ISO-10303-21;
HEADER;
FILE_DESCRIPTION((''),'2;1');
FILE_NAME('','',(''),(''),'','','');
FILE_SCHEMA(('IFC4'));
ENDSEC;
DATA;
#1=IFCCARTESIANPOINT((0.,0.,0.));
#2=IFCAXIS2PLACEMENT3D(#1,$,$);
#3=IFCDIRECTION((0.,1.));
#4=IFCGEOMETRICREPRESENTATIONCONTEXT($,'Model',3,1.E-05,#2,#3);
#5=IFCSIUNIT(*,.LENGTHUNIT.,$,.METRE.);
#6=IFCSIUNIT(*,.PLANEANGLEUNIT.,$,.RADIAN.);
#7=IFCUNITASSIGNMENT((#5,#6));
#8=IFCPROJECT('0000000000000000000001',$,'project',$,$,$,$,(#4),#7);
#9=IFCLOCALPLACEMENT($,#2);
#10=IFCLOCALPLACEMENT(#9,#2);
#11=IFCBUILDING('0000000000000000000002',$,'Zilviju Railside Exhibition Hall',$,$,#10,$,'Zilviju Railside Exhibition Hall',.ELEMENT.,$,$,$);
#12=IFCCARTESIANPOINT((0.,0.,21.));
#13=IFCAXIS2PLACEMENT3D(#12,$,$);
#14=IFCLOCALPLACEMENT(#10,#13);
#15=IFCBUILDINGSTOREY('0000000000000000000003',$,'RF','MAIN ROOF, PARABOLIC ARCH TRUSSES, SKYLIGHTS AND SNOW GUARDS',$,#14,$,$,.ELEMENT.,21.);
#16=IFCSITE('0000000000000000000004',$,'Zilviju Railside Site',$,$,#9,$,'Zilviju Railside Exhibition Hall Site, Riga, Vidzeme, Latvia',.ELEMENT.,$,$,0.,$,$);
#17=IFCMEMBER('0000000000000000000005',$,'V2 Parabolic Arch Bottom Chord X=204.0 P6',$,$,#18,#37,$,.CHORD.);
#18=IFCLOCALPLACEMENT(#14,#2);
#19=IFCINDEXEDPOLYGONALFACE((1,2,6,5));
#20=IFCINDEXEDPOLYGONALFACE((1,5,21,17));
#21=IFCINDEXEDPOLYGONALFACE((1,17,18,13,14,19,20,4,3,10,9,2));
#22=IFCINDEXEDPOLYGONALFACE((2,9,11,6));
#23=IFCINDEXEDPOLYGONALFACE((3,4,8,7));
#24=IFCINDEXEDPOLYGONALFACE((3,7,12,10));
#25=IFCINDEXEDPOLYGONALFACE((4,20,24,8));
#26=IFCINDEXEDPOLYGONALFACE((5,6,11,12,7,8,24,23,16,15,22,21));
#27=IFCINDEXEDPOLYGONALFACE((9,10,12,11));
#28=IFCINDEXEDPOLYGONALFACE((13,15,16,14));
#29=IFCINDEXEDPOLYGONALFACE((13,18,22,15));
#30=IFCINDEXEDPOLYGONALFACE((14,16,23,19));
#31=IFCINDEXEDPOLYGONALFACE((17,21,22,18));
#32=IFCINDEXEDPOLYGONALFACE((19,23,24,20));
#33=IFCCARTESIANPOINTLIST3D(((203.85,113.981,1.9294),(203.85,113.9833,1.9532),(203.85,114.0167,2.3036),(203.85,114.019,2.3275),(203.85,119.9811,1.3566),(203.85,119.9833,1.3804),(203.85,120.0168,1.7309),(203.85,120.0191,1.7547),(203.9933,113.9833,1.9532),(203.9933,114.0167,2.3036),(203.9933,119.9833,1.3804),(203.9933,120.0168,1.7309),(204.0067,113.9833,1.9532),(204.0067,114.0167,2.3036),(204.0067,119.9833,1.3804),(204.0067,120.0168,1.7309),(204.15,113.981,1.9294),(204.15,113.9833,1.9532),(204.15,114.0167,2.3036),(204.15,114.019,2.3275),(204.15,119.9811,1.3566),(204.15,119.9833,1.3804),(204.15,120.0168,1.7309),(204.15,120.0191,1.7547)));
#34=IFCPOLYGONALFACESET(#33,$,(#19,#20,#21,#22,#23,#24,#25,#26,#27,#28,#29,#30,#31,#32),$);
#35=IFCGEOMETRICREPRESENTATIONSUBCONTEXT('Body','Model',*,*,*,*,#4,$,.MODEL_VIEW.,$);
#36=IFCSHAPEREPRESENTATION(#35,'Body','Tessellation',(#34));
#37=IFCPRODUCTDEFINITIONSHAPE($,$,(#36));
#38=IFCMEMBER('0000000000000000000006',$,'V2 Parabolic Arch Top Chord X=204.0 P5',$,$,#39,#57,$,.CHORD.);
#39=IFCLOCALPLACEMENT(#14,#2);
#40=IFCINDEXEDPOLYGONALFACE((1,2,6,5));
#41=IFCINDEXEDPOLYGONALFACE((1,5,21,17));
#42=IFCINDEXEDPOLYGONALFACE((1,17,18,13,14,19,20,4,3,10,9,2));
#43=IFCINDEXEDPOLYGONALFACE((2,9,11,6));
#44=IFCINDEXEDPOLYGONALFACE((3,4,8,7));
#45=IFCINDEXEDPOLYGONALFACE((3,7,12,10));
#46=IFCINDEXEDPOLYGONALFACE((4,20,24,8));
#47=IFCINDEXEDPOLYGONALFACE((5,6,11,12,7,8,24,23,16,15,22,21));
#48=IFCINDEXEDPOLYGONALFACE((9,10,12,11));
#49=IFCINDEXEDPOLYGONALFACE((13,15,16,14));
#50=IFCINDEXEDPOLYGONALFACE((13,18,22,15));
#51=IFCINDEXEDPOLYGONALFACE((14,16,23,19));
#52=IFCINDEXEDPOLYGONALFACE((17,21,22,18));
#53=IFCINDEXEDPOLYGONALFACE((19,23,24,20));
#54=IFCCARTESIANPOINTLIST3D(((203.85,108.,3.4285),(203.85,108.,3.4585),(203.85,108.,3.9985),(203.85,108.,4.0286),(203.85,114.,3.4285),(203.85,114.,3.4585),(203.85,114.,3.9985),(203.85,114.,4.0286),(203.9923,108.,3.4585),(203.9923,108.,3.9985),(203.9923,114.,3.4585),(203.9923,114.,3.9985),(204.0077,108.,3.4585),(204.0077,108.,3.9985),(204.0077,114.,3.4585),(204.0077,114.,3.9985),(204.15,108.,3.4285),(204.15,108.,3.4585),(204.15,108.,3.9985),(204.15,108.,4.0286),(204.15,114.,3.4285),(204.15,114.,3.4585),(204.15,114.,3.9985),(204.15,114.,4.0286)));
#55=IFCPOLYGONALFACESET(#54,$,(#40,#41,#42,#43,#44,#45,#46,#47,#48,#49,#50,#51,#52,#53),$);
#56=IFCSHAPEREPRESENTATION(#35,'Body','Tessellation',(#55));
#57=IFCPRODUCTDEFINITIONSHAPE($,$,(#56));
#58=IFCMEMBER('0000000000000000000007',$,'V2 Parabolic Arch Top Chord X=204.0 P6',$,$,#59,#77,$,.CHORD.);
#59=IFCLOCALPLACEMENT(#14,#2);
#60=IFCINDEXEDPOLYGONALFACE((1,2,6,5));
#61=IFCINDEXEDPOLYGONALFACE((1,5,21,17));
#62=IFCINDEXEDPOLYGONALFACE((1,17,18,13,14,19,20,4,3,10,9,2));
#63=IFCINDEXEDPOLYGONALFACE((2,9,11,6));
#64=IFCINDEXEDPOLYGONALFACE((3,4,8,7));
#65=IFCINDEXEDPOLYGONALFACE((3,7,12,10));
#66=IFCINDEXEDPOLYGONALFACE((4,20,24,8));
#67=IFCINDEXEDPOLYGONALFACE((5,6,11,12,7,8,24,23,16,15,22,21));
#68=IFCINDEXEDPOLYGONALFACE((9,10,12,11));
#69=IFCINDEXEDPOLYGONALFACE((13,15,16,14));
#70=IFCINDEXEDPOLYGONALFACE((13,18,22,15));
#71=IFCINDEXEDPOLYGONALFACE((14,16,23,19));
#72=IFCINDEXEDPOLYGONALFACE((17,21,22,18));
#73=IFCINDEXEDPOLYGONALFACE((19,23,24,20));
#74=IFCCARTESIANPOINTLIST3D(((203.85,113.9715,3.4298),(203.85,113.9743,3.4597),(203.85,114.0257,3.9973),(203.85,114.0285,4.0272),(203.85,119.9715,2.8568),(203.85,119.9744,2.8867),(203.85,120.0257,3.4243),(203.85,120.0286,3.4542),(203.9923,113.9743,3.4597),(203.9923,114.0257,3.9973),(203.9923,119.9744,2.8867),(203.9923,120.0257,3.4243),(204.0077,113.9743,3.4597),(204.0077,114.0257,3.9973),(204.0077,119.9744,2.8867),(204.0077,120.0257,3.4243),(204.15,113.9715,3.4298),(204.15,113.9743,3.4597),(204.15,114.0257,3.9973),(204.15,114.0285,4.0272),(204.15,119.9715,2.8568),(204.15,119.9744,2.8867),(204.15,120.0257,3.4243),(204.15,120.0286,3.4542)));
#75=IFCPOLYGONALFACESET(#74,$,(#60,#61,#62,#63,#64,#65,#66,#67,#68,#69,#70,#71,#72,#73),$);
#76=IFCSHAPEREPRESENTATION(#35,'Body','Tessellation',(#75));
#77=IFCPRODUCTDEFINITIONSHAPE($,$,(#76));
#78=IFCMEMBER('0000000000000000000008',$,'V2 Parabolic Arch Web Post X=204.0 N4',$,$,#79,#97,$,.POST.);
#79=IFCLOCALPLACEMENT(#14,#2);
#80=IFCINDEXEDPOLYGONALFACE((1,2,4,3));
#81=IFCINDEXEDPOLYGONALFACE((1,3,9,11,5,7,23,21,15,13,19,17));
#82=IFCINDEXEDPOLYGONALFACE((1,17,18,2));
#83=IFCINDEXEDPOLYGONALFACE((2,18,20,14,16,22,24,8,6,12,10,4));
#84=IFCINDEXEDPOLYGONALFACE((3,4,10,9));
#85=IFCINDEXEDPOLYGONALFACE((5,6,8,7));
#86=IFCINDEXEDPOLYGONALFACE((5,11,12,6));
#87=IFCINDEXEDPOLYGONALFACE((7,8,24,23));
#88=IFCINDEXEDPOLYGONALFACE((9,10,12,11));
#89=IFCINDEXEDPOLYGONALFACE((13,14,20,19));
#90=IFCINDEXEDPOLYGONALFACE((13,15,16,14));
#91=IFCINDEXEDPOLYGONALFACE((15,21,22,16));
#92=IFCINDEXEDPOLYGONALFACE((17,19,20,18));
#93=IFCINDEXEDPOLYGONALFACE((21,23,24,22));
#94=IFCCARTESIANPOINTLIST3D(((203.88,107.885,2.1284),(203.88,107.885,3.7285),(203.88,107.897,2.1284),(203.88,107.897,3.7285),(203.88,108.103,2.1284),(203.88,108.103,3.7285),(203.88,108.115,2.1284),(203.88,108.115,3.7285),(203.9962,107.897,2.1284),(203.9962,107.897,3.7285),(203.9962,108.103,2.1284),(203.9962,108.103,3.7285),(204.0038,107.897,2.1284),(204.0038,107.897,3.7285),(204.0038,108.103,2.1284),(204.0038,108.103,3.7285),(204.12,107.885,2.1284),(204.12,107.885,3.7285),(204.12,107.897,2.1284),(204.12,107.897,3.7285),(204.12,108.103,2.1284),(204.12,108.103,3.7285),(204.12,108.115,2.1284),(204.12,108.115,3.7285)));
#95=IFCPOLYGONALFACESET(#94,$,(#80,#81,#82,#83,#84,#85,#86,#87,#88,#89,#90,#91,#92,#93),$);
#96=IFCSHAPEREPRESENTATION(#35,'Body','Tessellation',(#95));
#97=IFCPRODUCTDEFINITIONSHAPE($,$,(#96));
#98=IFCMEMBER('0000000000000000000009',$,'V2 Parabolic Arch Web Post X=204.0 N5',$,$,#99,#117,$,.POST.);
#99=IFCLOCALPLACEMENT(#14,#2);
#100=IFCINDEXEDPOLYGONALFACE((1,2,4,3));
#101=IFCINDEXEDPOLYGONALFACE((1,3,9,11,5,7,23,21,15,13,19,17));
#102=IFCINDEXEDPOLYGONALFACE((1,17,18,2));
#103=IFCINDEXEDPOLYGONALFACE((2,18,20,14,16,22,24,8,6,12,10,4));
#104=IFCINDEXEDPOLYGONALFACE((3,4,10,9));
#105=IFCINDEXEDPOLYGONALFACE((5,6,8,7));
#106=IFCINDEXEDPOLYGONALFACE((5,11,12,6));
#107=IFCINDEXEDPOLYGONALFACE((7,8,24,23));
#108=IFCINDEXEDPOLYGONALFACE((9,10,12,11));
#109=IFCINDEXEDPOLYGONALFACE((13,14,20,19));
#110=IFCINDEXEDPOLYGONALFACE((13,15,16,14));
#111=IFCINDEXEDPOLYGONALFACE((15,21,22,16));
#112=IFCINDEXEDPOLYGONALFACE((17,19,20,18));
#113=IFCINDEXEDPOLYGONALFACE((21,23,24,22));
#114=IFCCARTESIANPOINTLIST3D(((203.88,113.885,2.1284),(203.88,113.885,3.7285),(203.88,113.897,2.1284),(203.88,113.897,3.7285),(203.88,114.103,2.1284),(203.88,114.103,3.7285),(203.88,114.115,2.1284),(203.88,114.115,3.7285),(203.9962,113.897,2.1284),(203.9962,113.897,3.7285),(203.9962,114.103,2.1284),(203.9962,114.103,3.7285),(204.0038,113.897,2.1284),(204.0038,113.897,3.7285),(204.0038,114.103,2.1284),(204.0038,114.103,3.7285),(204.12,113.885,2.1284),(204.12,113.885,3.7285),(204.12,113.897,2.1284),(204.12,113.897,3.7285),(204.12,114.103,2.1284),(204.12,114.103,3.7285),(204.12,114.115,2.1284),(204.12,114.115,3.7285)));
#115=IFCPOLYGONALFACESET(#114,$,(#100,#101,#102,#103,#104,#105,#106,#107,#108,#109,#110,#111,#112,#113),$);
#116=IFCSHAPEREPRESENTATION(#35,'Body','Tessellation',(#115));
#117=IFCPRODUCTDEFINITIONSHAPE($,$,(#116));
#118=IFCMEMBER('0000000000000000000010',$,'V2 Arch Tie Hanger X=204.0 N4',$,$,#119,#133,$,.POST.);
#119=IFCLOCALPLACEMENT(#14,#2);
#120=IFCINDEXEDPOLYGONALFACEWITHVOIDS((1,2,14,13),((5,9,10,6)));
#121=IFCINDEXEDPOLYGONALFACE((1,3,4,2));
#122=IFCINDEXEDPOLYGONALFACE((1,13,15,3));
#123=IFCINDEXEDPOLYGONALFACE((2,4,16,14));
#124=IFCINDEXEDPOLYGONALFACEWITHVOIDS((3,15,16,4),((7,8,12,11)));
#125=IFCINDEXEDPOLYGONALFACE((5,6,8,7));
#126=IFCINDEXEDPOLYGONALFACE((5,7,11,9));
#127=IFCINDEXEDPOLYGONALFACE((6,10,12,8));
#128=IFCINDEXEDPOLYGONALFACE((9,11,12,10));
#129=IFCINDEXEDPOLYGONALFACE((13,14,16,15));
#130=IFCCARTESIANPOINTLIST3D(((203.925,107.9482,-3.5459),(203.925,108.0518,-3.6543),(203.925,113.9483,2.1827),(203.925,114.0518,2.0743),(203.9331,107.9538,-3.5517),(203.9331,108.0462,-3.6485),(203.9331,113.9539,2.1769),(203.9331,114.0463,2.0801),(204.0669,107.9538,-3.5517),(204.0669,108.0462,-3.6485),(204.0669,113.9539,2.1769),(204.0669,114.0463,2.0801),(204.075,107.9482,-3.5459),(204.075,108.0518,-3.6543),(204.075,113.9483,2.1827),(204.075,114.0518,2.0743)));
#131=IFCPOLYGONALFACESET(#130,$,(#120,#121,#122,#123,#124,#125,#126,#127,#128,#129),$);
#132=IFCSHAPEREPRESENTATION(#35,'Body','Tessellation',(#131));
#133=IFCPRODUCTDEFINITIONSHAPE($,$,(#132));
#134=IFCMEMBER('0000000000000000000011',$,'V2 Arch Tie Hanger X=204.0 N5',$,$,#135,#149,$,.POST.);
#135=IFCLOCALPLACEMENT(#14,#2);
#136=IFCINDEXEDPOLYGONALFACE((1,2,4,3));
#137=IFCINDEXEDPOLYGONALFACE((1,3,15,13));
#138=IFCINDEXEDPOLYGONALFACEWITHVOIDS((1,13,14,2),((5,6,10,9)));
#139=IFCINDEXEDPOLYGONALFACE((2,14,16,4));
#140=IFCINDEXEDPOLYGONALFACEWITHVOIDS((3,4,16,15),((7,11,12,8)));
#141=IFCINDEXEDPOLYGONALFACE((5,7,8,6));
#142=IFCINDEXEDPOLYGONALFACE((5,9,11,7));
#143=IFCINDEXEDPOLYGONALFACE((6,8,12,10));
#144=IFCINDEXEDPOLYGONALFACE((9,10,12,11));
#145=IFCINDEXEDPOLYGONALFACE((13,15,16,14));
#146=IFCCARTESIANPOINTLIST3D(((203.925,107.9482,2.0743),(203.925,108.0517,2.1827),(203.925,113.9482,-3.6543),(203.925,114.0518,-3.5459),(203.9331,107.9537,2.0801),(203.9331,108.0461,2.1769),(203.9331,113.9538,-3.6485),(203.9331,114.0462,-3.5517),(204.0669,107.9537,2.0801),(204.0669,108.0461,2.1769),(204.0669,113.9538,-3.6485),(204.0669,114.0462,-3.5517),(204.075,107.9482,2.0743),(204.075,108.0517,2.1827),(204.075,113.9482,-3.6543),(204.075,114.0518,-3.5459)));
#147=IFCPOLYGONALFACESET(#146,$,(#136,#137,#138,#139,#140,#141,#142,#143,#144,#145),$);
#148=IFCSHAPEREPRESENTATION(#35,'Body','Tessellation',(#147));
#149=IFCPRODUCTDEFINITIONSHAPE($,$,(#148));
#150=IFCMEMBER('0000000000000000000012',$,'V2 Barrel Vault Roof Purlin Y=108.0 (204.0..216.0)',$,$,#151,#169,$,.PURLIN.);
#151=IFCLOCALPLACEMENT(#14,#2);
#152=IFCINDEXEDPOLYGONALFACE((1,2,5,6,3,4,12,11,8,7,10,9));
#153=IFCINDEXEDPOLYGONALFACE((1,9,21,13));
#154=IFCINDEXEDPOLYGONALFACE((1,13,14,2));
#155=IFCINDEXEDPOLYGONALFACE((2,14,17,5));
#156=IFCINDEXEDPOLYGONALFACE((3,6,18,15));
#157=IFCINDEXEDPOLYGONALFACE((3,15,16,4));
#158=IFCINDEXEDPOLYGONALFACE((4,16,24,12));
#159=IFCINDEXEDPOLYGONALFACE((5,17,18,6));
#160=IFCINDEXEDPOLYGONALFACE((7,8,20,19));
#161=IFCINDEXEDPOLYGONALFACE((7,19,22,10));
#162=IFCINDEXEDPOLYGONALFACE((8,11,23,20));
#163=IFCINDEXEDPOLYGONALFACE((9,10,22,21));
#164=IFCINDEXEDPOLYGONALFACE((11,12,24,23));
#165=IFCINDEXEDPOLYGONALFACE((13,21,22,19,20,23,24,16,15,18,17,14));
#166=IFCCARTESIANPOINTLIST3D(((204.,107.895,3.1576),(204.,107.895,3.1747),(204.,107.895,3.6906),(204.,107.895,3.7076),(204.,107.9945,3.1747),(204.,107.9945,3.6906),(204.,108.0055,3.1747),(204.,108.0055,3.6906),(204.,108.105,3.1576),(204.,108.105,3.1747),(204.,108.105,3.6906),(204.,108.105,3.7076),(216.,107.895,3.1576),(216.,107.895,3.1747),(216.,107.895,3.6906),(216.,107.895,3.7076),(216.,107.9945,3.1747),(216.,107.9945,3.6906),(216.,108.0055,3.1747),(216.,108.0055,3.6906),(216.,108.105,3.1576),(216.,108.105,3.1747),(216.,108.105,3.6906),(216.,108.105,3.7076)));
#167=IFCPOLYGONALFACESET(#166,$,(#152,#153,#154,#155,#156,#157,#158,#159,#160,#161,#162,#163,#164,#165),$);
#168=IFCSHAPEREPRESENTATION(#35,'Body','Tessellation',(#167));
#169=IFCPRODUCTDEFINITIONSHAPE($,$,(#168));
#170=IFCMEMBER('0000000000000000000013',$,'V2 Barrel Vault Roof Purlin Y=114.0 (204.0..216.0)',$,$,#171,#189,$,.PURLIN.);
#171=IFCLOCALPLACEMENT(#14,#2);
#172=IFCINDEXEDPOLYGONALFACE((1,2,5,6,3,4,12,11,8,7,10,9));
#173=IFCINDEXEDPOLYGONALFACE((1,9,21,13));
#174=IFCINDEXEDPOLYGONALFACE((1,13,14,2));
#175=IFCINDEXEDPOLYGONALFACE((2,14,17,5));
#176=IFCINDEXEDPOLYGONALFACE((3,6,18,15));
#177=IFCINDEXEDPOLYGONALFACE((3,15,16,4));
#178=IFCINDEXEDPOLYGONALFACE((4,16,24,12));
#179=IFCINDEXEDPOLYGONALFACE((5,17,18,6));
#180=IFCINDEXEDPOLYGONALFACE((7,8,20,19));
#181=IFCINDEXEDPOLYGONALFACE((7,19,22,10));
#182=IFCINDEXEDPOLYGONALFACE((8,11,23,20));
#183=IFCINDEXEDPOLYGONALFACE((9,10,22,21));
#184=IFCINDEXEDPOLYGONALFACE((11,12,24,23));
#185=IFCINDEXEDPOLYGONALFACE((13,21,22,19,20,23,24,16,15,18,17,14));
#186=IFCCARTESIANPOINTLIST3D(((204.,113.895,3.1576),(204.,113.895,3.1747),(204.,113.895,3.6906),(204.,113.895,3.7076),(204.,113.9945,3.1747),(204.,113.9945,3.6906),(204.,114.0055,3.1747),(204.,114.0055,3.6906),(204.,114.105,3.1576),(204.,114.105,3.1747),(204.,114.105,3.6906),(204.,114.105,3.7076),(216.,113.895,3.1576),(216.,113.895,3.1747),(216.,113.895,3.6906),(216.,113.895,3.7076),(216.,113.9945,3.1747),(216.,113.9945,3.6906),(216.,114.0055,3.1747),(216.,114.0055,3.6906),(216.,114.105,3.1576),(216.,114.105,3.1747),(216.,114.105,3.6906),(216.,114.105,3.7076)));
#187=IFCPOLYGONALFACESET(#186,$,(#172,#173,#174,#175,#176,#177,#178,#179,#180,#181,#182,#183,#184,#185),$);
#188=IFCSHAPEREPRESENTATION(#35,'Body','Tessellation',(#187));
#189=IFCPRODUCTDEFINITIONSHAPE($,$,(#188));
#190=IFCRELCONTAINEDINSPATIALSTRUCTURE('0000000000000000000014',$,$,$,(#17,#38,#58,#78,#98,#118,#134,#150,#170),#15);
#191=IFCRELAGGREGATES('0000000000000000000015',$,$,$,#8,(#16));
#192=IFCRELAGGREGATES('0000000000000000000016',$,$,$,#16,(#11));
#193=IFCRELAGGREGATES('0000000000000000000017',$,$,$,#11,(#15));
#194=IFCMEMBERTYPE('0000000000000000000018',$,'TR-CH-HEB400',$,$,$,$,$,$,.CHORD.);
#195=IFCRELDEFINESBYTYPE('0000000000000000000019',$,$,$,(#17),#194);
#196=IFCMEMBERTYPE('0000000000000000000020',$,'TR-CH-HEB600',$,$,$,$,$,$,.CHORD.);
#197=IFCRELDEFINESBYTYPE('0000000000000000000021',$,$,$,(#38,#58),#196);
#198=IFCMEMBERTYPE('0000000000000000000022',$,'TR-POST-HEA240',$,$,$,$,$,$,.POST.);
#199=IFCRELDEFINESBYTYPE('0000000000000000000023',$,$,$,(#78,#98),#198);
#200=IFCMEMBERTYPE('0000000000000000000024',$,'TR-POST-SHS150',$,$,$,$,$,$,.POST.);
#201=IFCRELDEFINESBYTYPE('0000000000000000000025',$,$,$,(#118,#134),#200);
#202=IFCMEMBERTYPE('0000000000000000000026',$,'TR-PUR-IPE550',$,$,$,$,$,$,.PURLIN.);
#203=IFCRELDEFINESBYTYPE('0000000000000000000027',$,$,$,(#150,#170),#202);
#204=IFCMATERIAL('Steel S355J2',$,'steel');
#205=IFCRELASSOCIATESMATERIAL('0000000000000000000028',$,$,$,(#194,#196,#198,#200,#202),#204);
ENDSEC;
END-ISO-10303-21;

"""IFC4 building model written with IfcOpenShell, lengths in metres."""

from ifc_helpers import new_model, si_unit, direction, frame, origin, origin_2d, place, context, subcontext, project, spatial, hollow_rectangle, i_section, extrude, material, material_profile, profile_set, type_object, element, save


model = new_model("IFC4")

# Units and contexts
model_context = context("Model", 3, precision=1e-05, world=origin(), true_north=direction((0.0, 1.0)))
body_context = subcontext(model_context, "Body", "Model", "MODEL_VIEW")
ifc_project = project(units=[si_unit("LENGTHUNIT", "METRE"), si_unit("PLANEANGLEUNIT", "RADIAN")], contexts=[model_context])

# Site, building, storey
site_placement = place(None, origin())
site = spatial("IfcSite", under=ifc_project, at=site_placement, Name="Zilviju Railside Site", LongName="Zilviju Railside Exhibition Hall Site, Riga, Vidzeme, Latvia", CompositionType="ELEMENT", RefElevation=0.0)
building_placement = place(site_placement, origin())
building = spatial("IfcBuilding", under=site, at=building_placement, Name="Zilviju Railside Exhibition Hall", LongName="Zilviju Railside Exhibition Hall", CompositionType="ELEMENT")
storey_placement = place(building_placement, frame((0.0, 0.0, 21.0)))
storey = spatial("IfcBuildingStorey", under=building, at=storey_placement, Name="RF", Description="MAIN ROOF, PARABOLIC ARCH TRUSSES, SKYLIGHTS AND SNOW GUARDS", CompositionType="ELEMENT", Elevation=21.0)

# Members
ifc_material_1 = material(Name="Steel S355J2", Category="steel")
ifc_material_profile_1 = material_profile(ifc_material_1, i_section(OverallWidth=0.3, OverallDepth=0.3999, WebThickness=0.0134, FlangeThickness=0.0239, at=origin_2d()), Name="HEB 400")
ifc_profile_set_1 = profile_set([ifc_material_profile_1], Name="Steel S355J2")
member_type_1 = type_object("IfcMemberType", Name="TR-CH-HEB400", PredefinedType="CHORD", material=ifc_profile_set_1)
member_1_placement = place(storey_placement, frame((204.0, 114.0, 2.1284), z_axis=(0.0, 0.995475, -0.095027), x_axis=(-1.0, 0.0, 0.0)))
element("IfcMember", 1, at=member_1_placement, inside=storey, type_object=member_type_1, Name="V2 Parabolic Arch Bottom Chord X=204.0 P6", PredefinedType="CHORD", context=body_context, shape_type="SweptSolid", body=[
    extrude(i_section(OverallWidth=0.3, OverallDepth=0.3999, WebThickness=0.0134, FlangeThickness=0.0239, at=origin_2d()), origin(), (0.0, 0.0, 1.0), 6.0273),
])
ifc_material_profile_2 = material_profile(ifc_material_1, i_section(OverallWidth=0.3, OverallDepth=0.6001, WebThickness=0.0154, FlangeThickness=0.03, at=origin_2d()), Name="HEB 600")
ifc_profile_set_2 = profile_set([ifc_material_profile_2], Name="Steel S355J2")
member_type_2 = type_object("IfcMemberType", Name="TR-CH-HEB600", PredefinedType="CHORD", material=ifc_profile_set_2)
member_2_placement = place(storey_placement, frame((204.0, 108.0, 3.7285), z_axis=(0.0, 1.0, 0.0), x_axis=(-1.0, 0.0, 0.0)))
element("IfcMember", 2, at=member_2_placement, inside=storey, type_object=member_type_2, Name="V2 Parabolic Arch Top Chord X=204.0 P5", PredefinedType="CHORD", context=body_context, shape_type="SweptSolid", body=[
    extrude(i_section(OverallWidth=0.3, OverallDepth=0.6001, WebThickness=0.0154, FlangeThickness=0.03, at=origin_2d()), origin(), (0.0, 0.0, 1.0), 6.0),
])
member_3_placement = place(storey_placement, frame((204.0, 114.0, 3.7285), z_axis=(0.0, 0.995471, -0.095067), x_axis=(-1.0, 0.0, 0.0)))
element("IfcMember", 3, at=member_3_placement, inside=storey, type_object=member_type_2, Name="V2 Parabolic Arch Top Chord X=204.0 P6", PredefinedType="CHORD", context=body_context, shape_type="SweptSolid", body=[
    extrude(i_section(OverallWidth=0.3, OverallDepth=0.6001, WebThickness=0.0154, FlangeThickness=0.03, at=origin_2d()), origin(), (0.0, 0.0, 1.0), 6.0273),
])
ifc_material_profile_3 = material_profile(ifc_material_1, i_section(OverallWidth=0.24, OverallDepth=0.23, WebThickness=0.0076, FlangeThickness=0.012, at=origin_2d()), Name="HEA 240")
ifc_profile_set_3 = profile_set([ifc_material_profile_3], Name="Steel S355J2")
member_type_3 = type_object("IfcMemberType", Name="TR-POST-HEA240", PredefinedType="POST", material=ifc_profile_set_3)
for number, where, z_axis, x_axis, name in (
    (4, (204.0, 108.0, 2.1284), (0.0, 0.0, 1.0), (1.0, 0.0, 0.0), "V2 Parabolic Arch Web Post X=204.0 N4"),
    (5, (204.0, 114.0, 2.1284), (0.0, 0.0, 1.0), (1.0, 0.0, 0.0), "V2 Parabolic Arch Web Post X=204.0 N5"),
):
    element("IfcMember", number, at=place(storey_placement, frame(where, z_axis=z_axis, x_axis=x_axis)), inside=storey, type_object=member_type_3, Name=name, PredefinedType="POST", context=body_context, shape_type="SweptSolid", body=[
        extrude(i_section(OverallWidth=0.24, OverallDepth=0.23, WebThickness=0.0076, FlangeThickness=0.012, at=origin_2d()), origin(), (0.0, 0.0, 1.0), 1.6001),
    ])
ifc_material_profile_4 = material_profile(ifc_material_1, hollow_rectangle(XDim=0.1499, YDim=0.1499, WallThickness=0.0081, at=origin_2d()), Name="SHS 150x150x8.0")
ifc_profile_set_4 = profile_set([ifc_material_profile_4], Name="Steel S355J2")
member_type_4 = type_object("IfcMemberType", Name="TR-POST-SHS150", PredefinedType="POST", material=ifc_profile_set_4)
for number, where, z_axis, x_axis, name in (
    (6, (204.0, 108.0, -3.6001), (0.0, 0.723281, 0.690554), (-1.0, 0.0, 0.0), "V2 Arch Tie Hanger X=204.0 N4"),
    (7, (204.0, 114.0, -3.6001), (0.0, -0.723281, 0.690554), (1.0, 0.0, 0.0), "V2 Arch Tie Hanger X=204.0 N5"),
):
    element("IfcMember", number, at=place(storey_placement, frame(where, z_axis=z_axis, x_axis=x_axis)), inside=storey, type_object=member_type_4, Name=name, PredefinedType="POST", context=body_context, shape_type="SweptSolid", body=[
        extrude(hollow_rectangle(XDim=0.1499, YDim=0.1499, WallThickness=0.0081, at=origin_2d()), origin(), (0.0, 0.0, 1.0), 8.2957),
    ])
ifc_material_profile_5 = material_profile(ifc_material_1, i_section(OverallWidth=0.21, OverallDepth=0.55, WebThickness=0.011, FlangeThickness=0.0171, at=origin_2d()), Name="IPE 550")
ifc_profile_set_5 = profile_set([ifc_material_profile_5], Name="Steel S355J2")
member_type_5 = type_object("IfcMemberType", Name="TR-PUR-IPE550", PredefinedType="PURLIN", material=ifc_profile_set_5)
for number, where, z_axis, x_axis, name in (
    (8, (204.0, 108.0, 3.4326), (1.0, 0.0, 0.0), (0.0, 1.0, 0.0), "V2 Barrel Vault Roof Purlin Y=108.0 (204.0..216.0)"),
    (9, (204.0, 114.0, 3.4326), (1.0, 0.0, 0.0), (0.0, 1.0, 0.0), "V2 Barrel Vault Roof Purlin Y=114.0 (204.0..216.0)"),
):
    element("IfcMember", number, at=place(storey_placement, frame(where, z_axis=z_axis, x_axis=x_axis)), inside=storey, type_object=member_type_5, Name=name, PredefinedType="PURLIN", context=body_context, shape_type="SweptSolid", body=[
        extrude(i_section(OverallWidth=0.21, OverallDepth=0.55, WebThickness=0.011, FlangeThickness=0.0171, at=origin_2d()), origin(), (0.0, 0.0, 1.0), 12.0),
    ])

save(model, "model.ifc")
